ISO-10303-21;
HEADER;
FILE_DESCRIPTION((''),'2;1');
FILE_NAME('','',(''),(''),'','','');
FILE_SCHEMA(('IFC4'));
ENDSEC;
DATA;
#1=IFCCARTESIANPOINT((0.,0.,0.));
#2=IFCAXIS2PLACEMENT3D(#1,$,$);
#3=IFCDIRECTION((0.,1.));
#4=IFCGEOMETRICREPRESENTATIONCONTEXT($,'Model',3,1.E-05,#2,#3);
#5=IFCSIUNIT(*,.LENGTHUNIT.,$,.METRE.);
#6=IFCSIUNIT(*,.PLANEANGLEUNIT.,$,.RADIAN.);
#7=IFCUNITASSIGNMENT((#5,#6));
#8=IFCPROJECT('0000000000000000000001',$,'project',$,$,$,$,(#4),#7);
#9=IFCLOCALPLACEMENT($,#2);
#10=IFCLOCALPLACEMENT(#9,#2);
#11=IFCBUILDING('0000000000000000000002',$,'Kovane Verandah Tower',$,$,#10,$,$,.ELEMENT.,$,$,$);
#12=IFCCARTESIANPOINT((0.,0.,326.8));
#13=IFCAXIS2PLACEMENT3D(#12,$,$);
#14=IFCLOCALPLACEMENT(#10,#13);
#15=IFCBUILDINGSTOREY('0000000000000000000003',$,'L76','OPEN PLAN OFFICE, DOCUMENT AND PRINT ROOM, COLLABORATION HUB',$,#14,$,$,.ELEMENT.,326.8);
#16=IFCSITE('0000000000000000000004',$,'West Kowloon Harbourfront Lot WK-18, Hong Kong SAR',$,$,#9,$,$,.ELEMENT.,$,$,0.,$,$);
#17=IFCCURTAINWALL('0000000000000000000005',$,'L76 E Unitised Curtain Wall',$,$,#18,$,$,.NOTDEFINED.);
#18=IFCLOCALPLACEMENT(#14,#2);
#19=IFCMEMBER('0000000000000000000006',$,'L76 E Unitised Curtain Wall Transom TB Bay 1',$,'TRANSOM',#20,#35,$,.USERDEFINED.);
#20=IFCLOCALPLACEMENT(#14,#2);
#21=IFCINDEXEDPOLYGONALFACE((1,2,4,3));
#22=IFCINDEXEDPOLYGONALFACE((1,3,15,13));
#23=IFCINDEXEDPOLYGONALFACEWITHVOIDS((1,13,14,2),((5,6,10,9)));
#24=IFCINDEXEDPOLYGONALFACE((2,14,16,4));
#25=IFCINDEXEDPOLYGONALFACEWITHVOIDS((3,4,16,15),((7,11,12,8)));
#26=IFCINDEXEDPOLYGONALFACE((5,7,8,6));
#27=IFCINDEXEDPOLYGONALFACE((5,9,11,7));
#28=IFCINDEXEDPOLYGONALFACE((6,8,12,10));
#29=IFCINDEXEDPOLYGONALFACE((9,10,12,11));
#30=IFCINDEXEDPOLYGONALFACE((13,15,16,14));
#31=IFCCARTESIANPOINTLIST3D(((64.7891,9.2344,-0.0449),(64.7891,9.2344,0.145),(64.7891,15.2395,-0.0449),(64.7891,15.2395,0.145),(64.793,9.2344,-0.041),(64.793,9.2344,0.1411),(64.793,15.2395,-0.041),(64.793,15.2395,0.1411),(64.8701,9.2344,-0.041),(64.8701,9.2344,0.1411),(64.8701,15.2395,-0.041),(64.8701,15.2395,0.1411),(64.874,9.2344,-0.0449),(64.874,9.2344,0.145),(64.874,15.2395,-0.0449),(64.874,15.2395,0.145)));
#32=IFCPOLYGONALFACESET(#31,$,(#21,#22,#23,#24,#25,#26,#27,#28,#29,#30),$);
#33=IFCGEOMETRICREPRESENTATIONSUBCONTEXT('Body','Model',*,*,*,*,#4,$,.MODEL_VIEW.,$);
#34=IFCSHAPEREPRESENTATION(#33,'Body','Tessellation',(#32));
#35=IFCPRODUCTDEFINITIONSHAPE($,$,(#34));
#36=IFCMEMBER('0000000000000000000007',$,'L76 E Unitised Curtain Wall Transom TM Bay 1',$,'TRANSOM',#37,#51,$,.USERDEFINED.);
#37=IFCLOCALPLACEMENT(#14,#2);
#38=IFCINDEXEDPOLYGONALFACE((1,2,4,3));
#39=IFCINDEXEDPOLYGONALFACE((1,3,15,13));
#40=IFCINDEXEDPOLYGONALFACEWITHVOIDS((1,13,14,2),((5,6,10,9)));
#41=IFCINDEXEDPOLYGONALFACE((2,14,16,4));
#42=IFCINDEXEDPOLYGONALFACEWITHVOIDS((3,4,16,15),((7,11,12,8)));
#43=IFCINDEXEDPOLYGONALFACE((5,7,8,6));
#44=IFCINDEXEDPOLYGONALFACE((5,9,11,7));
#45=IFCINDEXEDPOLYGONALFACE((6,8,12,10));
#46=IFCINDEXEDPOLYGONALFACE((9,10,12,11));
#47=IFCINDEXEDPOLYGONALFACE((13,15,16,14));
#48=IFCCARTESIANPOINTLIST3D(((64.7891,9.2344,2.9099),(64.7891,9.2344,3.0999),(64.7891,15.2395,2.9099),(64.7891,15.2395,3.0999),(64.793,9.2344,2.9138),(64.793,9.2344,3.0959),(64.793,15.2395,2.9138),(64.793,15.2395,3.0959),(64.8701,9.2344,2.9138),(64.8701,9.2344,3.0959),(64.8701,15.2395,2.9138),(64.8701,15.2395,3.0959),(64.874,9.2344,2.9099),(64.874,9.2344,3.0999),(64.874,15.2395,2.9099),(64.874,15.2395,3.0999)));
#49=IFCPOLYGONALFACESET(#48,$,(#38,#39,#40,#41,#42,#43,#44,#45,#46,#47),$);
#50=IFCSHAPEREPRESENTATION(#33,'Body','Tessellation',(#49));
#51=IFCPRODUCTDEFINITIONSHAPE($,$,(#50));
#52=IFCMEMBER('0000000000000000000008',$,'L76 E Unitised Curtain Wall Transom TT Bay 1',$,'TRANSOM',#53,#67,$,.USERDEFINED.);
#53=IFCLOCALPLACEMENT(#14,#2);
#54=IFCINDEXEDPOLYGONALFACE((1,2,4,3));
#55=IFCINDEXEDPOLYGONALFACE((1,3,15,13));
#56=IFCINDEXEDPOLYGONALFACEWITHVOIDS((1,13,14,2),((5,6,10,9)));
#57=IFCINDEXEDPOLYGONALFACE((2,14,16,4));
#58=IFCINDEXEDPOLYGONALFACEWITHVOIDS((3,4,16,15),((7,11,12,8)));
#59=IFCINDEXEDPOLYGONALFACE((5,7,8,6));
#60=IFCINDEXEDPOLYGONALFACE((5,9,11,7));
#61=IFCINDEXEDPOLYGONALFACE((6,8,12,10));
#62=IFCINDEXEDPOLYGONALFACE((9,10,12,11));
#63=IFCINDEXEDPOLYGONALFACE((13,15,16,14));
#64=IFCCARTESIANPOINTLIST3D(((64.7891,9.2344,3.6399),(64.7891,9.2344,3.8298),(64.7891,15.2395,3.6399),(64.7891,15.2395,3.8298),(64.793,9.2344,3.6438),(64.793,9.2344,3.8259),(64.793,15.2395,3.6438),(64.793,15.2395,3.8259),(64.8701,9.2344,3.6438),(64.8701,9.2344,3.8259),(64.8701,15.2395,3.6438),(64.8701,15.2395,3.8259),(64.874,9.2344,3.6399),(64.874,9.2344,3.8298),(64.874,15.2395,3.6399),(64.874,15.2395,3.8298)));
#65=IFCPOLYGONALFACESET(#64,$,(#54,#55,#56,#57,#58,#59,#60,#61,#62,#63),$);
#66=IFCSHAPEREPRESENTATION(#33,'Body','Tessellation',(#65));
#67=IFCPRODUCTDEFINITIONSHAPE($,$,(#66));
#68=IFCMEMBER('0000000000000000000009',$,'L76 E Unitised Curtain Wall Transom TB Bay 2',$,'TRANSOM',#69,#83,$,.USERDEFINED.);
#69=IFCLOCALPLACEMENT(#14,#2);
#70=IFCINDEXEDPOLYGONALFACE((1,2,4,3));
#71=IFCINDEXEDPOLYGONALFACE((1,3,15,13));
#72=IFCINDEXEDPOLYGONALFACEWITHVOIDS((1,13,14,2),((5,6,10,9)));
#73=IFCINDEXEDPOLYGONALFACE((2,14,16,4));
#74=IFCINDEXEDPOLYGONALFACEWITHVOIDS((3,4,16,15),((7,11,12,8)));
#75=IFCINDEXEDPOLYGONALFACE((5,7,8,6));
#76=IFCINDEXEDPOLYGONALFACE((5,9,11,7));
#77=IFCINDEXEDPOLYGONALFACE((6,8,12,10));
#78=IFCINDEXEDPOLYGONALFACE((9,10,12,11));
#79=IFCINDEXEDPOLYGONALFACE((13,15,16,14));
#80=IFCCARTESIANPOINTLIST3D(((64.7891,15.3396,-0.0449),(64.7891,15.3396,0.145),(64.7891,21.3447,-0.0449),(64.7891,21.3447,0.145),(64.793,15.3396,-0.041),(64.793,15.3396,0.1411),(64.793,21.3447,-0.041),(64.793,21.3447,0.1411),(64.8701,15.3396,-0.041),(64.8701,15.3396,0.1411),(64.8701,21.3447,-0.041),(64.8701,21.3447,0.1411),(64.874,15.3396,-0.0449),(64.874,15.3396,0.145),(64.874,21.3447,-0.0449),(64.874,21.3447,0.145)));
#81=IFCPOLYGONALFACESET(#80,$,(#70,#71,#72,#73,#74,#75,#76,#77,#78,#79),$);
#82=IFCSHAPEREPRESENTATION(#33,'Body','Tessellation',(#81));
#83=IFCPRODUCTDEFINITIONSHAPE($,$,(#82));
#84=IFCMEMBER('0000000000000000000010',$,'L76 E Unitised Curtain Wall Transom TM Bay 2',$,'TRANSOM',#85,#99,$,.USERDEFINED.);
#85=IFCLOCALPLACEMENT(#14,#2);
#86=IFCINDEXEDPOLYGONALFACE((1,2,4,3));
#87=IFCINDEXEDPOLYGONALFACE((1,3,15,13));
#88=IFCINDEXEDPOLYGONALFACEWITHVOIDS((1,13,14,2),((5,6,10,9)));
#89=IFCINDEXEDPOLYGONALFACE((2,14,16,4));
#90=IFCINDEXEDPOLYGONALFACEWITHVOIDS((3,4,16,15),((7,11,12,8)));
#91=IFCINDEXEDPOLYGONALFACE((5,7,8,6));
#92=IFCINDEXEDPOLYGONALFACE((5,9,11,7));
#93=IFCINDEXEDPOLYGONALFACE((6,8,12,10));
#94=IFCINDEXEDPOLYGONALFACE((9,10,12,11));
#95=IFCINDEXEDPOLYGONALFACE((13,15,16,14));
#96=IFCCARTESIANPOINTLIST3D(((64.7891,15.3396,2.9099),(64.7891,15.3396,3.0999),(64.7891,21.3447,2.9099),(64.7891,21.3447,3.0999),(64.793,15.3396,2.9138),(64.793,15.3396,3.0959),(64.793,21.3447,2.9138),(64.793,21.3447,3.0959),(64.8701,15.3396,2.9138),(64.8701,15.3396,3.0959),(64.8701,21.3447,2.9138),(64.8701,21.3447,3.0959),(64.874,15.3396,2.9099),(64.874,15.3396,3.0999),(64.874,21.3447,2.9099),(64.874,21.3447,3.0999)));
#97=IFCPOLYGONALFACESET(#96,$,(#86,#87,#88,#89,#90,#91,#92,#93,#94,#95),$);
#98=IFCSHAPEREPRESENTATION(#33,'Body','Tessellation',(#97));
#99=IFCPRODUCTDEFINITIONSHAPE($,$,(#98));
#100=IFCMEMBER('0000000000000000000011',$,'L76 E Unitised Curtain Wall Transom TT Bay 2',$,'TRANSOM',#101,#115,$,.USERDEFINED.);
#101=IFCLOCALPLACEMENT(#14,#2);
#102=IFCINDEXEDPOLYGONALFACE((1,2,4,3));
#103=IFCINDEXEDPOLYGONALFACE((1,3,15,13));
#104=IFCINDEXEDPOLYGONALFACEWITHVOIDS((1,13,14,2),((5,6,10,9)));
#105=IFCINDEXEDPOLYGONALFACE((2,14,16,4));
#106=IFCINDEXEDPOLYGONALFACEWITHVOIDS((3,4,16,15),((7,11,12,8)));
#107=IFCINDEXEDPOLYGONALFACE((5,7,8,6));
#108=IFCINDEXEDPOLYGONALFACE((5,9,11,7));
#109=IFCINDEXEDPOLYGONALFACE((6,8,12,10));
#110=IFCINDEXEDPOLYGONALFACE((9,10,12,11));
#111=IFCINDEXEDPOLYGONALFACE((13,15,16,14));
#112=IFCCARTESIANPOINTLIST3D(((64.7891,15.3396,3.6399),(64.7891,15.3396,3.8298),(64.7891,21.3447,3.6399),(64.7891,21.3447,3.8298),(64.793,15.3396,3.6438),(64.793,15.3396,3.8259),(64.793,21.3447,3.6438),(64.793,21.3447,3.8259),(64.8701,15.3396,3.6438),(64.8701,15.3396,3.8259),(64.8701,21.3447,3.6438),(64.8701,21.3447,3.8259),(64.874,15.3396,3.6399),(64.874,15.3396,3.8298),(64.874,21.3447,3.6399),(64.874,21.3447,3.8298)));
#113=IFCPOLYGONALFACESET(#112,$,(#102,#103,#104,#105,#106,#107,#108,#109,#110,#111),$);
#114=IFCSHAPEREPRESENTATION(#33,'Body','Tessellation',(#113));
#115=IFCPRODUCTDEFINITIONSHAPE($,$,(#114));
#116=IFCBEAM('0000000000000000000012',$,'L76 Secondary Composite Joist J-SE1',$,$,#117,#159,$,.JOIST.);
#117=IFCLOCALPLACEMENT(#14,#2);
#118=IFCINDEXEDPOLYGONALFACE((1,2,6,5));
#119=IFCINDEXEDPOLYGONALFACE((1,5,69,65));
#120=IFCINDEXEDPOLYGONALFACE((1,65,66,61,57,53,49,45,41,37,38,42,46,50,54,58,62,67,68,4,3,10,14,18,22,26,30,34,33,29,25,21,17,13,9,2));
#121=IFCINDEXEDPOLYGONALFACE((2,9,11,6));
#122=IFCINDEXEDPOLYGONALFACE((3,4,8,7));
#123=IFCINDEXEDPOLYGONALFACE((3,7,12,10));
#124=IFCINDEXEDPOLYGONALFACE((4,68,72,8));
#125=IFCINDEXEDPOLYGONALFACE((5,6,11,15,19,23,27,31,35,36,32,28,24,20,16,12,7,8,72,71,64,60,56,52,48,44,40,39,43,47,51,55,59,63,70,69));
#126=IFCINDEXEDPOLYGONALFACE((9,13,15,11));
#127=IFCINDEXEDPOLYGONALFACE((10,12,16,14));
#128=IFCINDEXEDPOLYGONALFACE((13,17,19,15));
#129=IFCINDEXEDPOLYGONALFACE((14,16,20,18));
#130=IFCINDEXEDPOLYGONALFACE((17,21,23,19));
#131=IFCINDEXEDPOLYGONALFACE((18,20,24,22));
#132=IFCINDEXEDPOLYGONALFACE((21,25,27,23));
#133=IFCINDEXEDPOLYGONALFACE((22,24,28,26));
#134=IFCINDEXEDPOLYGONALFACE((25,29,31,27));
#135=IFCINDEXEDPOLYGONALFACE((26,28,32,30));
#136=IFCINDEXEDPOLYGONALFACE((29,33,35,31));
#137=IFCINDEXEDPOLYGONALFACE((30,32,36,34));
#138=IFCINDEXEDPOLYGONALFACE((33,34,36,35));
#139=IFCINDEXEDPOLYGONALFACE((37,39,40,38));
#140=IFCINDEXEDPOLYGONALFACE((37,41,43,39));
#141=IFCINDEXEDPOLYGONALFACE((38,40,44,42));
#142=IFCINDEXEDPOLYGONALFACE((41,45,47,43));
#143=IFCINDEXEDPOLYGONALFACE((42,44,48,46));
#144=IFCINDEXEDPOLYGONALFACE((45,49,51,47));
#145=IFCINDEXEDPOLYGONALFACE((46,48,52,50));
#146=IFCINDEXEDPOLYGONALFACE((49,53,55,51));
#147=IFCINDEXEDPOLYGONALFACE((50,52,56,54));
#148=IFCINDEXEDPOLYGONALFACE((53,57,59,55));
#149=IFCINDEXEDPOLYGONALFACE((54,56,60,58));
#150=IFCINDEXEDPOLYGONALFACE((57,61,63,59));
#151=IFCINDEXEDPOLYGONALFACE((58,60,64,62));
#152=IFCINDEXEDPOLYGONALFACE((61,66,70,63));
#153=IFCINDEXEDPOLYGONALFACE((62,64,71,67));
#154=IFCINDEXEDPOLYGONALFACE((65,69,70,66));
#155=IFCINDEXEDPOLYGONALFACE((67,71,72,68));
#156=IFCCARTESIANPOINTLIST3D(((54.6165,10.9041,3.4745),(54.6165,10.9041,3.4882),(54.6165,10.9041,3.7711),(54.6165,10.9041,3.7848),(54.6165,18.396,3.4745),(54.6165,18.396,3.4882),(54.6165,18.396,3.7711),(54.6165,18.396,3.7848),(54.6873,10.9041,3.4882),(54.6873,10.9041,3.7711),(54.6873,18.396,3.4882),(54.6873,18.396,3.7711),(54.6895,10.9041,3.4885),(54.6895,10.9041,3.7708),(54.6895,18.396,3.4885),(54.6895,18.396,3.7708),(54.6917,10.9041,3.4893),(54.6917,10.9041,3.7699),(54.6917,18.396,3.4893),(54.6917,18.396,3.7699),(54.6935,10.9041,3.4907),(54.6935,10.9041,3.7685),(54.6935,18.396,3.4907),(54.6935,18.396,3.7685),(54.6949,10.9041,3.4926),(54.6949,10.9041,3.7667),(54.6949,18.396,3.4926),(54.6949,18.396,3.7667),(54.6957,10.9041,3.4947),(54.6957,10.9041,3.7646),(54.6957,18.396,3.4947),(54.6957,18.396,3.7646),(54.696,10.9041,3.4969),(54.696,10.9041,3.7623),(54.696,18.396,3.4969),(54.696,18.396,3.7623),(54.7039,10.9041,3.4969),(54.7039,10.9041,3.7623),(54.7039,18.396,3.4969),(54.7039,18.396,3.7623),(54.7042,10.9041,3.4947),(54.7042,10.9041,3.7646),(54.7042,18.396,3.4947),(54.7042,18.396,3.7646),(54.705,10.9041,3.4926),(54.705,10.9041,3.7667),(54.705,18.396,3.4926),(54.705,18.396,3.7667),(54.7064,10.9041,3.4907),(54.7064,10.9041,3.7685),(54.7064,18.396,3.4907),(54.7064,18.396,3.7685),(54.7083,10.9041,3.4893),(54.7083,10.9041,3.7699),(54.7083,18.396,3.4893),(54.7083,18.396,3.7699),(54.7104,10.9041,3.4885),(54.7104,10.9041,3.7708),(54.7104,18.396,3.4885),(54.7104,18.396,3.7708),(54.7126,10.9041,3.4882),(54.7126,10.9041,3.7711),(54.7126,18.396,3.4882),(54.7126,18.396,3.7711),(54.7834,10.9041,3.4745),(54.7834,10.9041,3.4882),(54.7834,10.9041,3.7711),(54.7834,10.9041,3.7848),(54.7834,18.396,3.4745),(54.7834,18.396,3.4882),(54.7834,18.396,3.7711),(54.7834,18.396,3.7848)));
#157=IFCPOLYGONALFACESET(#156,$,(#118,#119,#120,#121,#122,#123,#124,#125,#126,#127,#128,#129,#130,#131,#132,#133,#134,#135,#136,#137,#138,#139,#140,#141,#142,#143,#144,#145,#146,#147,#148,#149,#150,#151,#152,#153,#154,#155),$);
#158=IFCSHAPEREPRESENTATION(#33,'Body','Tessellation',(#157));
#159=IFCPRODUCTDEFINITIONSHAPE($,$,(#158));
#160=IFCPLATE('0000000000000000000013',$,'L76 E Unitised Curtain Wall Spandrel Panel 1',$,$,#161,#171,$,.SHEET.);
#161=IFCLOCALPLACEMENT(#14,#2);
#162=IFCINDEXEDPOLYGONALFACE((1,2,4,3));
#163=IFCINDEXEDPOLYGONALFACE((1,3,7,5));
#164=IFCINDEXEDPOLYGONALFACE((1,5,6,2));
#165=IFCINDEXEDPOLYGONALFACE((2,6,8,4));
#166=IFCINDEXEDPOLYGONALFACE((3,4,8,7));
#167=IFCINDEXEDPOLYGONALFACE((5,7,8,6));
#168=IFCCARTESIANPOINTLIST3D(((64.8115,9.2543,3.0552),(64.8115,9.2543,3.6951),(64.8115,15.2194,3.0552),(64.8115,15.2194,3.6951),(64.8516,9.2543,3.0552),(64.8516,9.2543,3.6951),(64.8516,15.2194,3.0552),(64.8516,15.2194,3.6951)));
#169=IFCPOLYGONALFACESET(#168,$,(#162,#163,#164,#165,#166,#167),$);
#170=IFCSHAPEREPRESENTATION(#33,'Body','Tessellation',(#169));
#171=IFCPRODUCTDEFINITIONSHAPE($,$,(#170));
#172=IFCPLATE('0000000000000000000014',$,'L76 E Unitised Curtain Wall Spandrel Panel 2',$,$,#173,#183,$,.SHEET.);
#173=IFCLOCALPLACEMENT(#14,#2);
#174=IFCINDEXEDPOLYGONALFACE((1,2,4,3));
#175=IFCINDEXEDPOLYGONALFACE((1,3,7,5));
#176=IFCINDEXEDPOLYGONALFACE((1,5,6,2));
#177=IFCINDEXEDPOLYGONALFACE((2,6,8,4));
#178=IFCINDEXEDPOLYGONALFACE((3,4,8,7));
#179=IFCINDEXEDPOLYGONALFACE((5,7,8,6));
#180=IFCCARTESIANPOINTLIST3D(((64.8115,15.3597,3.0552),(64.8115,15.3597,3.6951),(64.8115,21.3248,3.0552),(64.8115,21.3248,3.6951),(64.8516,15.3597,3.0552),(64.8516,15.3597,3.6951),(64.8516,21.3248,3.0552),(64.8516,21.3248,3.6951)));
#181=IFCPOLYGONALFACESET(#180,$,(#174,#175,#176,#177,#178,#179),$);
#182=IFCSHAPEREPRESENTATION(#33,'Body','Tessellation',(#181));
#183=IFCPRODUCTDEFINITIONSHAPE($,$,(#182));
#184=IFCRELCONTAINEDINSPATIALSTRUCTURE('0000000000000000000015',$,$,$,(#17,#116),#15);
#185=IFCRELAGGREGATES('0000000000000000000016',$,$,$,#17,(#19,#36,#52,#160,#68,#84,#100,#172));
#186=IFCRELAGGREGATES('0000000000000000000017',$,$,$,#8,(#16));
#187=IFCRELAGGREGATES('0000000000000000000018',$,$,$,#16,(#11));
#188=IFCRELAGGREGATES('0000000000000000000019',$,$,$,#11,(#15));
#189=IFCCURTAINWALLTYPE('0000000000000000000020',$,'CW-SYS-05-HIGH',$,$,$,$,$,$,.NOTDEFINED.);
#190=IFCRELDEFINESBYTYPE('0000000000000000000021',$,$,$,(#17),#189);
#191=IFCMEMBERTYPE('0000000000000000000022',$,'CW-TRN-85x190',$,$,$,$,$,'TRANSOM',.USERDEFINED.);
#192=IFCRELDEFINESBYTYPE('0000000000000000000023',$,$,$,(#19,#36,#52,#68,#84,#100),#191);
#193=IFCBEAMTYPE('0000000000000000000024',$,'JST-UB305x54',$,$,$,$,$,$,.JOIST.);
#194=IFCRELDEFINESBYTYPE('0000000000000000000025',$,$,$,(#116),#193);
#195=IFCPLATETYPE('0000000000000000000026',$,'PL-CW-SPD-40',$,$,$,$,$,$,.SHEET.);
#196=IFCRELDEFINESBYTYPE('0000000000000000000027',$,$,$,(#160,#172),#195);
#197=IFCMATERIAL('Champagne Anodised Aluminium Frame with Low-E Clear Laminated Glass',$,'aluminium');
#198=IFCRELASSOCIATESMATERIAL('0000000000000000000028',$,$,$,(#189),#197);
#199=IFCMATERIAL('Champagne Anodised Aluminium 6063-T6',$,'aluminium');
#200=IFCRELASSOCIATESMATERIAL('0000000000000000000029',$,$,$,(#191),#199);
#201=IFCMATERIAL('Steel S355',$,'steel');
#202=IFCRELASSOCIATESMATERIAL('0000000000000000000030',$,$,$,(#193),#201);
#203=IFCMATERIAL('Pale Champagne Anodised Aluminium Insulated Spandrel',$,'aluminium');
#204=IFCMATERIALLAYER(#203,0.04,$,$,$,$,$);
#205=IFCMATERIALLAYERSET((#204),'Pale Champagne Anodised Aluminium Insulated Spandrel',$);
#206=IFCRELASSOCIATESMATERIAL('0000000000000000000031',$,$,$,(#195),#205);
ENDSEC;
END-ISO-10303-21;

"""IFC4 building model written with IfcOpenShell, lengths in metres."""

from ifc_helpers import new_model, si_unit, direction, frame, origin, origin_2d, place, context, subcontext, project, spatial, rectangle, hollow_rectangle, i_section, extrude, material, layer, layer_set, material_profile, profile_set, type_object, element, aggregate, save


model = new_model("IFC4")

# Units and contexts
model_context = context("Model", 3, precision=1e-05, world=origin(), true_north=direction((0.0, 1.0)))
body_context = subcontext(model_context, "Body", "Model", "MODEL_VIEW")
ifc_project = project(units=[si_unit("LENGTHUNIT", "METRE"), si_unit("PLANEANGLEUNIT", "RADIAN")], contexts=[model_context])

# Site, building, storey
site_placement = place(None, origin())
site = spatial("IfcSite", under=ifc_project, at=site_placement, Name="West Kowloon Harbourfront Lot WK-18, Hong Kong SAR", CompositionType="ELEMENT", RefElevation=0.0)
building_placement = place(site_placement, origin())
building = spatial("IfcBuilding", under=site, at=building_placement, Name="Kovane Verandah Tower", CompositionType="ELEMENT")
storey_placement = place(building_placement, frame((0.0, 0.0, 326.8)))
storey = spatial("IfcBuildingStorey", under=building, at=storey_placement, Name="L76", Description="OPEN PLAN OFFICE, DOCUMENT AND PRINT ROOM, COLLABORATION HUB", CompositionType="ELEMENT", Elevation=326.8)

# Shared definitions
ifc_material_1 = material(Name="Steel S355", Category="steel")

# Curtain wall, members
ifc_material_2 = material(Name="Champagne Anodised Aluminium Frame with Low-E Clear Laminated Glass", Category="aluminium")
curtain_wall_type = type_object("IfcCurtainWallType", Name="CW-SYS-05-HIGH", PredefinedType="NOTDEFINED", material=ifc_material_2)
curtain_wall_placement = place(storey_placement, origin())
curtain_wall = element("IfcCurtainWall", 1, at=curtain_wall_placement, inside=storey, type_object=curtain_wall_type, Name="L76 E Unitised Curtain Wall", PredefinedType="NOTDEFINED")
ifc_material_3 = material(Name="Champagne Anodised Aluminium 6063-T6", Category="aluminium")
ifc_material_profile_1 = material_profile(ifc_material_3, hollow_rectangle(XDim=0.085, YDim=0.1899, WallThickness=0.0039, at=origin_2d()), Name="AL85x190x4")
ifc_profile_set_1 = profile_set([ifc_material_profile_1], Name="Champagne Anodised Aluminium 6063-T6")
member_type_1 = type_object("IfcMemberType", Name="CW-TRN-85x190", ElementType="TRANSOM", PredefinedType="USERDEFINED", material=ifc_profile_set_1)
member_1_placement = place(storey_placement, frame((64.8315, 9.2344, 0.05), z_axis=(0.0, 1.0, 0.0), x_axis=(-1.0, 0.0, 0.0)))
member_1 = element("IfcMember", 2, at=member_1_placement, type_object=member_type_1, Name="L76 E Unitised Curtain Wall Transom TB Bay 1", ObjectType="TRANSOM", PredefinedType="USERDEFINED", context=body_context, shape_type="SweptSolid", body=[
    extrude(hollow_rectangle(XDim=0.085, YDim=0.1899, WallThickness=0.0039, at=origin_2d()), origin(), (0.0, 0.0, 1.0), 6.0051),
])
member_2_placement = place(storey_placement, frame((64.8315, 9.2344, 3.0049), z_axis=(0.0, 1.0, 0.0), x_axis=(-1.0, 0.0, 0.0)))
member_2 = element("IfcMember", 3, at=member_2_placement, type_object=member_type_1, Name="L76 E Unitised Curtain Wall Transom TM Bay 1", ObjectType="TRANSOM", PredefinedType="USERDEFINED", context=body_context, shape_type="SweptSolid", body=[
    extrude(hollow_rectangle(XDim=0.085, YDim=0.1899, WallThickness=0.0039, at=origin_2d()), origin(), (0.0, 0.0, 1.0), 6.0051),
])
member_3_placement = place(storey_placement, frame((64.8315, 9.2344, 3.7349), z_axis=(0.0, 1.0, 0.0), x_axis=(-1.0, 0.0, 0.0)))
member_3 = element("IfcMember", 4, at=member_3_placement, type_object=member_type_1, Name="L76 E Unitised Curtain Wall Transom TT Bay 1", ObjectType="TRANSOM", PredefinedType="USERDEFINED", context=body_context, shape_type="SweptSolid", body=[
    extrude(hollow_rectangle(XDim=0.085, YDim=0.1899, WallThickness=0.0039, at=origin_2d()), origin(), (0.0, 0.0, 1.0), 6.0051),
])
member_4_placement = place(storey_placement, frame((64.8315, 15.3396, 0.05), z_axis=(0.0, 1.0, 0.0), x_axis=(-1.0, 0.0, 0.0)))
member_4 = element("IfcMember", 5, at=member_4_placement, type_object=member_type_1, Name="L76 E Unitised Curtain Wall Transom TB Bay 2", ObjectType="TRANSOM", PredefinedType="USERDEFINED", context=body_context, shape_type="SweptSolid", body=[
    extrude(hollow_rectangle(XDim=0.085, YDim=0.1899, WallThickness=0.0039, at=origin_2d()), origin(), (0.0, 0.0, 1.0), 6.0051),
])
member_5_placement = place(storey_placement, frame((64.8315, 15.3396, 3.0049), z_axis=(0.0, 1.0, 0.0), x_axis=(-1.0, 0.0, 0.0)))
member_5 = element("IfcMember", 6, at=member_5_placement, type_object=member_type_1, Name="L76 E Unitised Curtain Wall Transom TM Bay 2", ObjectType="TRANSOM", PredefinedType="USERDEFINED", context=body_context, shape_type="SweptSolid", body=[
    extrude(hollow_rectangle(XDim=0.085, YDim=0.1899, WallThickness=0.0039, at=origin_2d()), origin(), (0.0, 0.0, 1.0), 6.0051),
])
member_6_placement = place(storey_placement, frame((64.8315, 15.3396, 3.7349), z_axis=(0.0, 1.0, 0.0), x_axis=(-1.0, 0.0, 0.0)))
member_6 = element("IfcMember", 7, at=member_6_placement, type_object=member_type_1, Name="L76 E Unitised Curtain Wall Transom TT Bay 2", ObjectType="TRANSOM", PredefinedType="USERDEFINED", context=body_context, shape_type="SweptSolid", body=[
    extrude(hollow_rectangle(XDim=0.085, YDim=0.1899, WallThickness=0.0039, at=origin_2d()), origin(), (0.0, 0.0, 1.0), 6.0051),
])

# Beam
ifc_material_profile_2 = material_profile(ifc_material_1, i_section(OverallWidth=0.167, OverallDepth=0.3103, WebThickness=0.0078, FlangeThickness=0.0137, FilletRadius=0.0088, at=origin_2d()), Name="UB305x165x54")
ifc_profile_set_2 = profile_set([ifc_material_profile_2], Name="Steel S355")
beam_type_1 = type_object("IfcBeamType", Name="JST-UB305x54", PredefinedType="JOIST", material=ifc_profile_set_2)
beam_1_placement = place(storey_placement, frame((54.7, 10.9041, 3.6296), z_axis=(0.0, 1.0, 0.0), x_axis=(-1.0, 0.0, 0.0)))
element("IfcBeam", 8, at=beam_1_placement, inside=storey, type_object=beam_type_1, Name="L76 Secondary Composite Joist J-SE1", PredefinedType="JOIST", context=body_context, shape_type="SweptSolid", body=[
    extrude(i_section(OverallWidth=0.167, OverallDepth=0.3103, WebThickness=0.0078, FlangeThickness=0.0137, FilletRadius=0.0088, at=origin_2d()), origin(), (0.0, 0.0, 1.0), 7.4919),
])

# Plates
ifc_material_4 = material(Name="Pale Champagne Anodised Aluminium Insulated Spandrel", Category="aluminium")
ifc_layer_1 = layer(ifc_material_4, 0.04)
ifc_layer_set_1 = layer_set([ifc_layer_1], Name="Pale Champagne Anodised Aluminium Insulated Spandrel")
plate_type_1 = type_object("IfcPlateType", Name="PL-CW-SPD-40", PredefinedType="SHEET", material=ifc_layer_set_1)
plate_1_placement = place(storey_placement, frame((64.8315, 12.2368, 3.0552), z_axis=(0.0, 0.0, 1.0), x_axis=(0.0, 1.0, 0.0)))
plate_1 = element("IfcPlate", 9, at=plate_1_placement, type_object=plate_type_1, Name="L76 E Unitised Curtain Wall Spandrel Panel 1", PredefinedType="SHEET", context=body_context, shape_type="SweptSolid", body=[
    extrude(rectangle(XDim=5.9651, YDim=0.04, at=origin_2d()), origin(), (0.0, 0.0, 1.0), 0.6399),
])
plate_2_placement = place(storey_placement, frame((64.8315, 18.3423, 3.0552), z_axis=(0.0, 0.0, 1.0), x_axis=(0.0, 1.0, 0.0)))
plate_2 = element("IfcPlate", 10, at=plate_2_placement, type_object=plate_type_1, Name="L76 E Unitised Curtain Wall Spandrel Panel 2", PredefinedType="SHEET", context=body_context, shape_type="SweptSolid", body=[
    extrude(rectangle(XDim=5.9651, YDim=0.04, at=origin_2d()), origin(), (0.0, 0.0, 1.0), 0.6399),
])
aggregate(curtain_wall, [member_1, member_2, member_3, plate_1, member_4, member_5, member_6, plate_2])

save(model, "model.ifc")
